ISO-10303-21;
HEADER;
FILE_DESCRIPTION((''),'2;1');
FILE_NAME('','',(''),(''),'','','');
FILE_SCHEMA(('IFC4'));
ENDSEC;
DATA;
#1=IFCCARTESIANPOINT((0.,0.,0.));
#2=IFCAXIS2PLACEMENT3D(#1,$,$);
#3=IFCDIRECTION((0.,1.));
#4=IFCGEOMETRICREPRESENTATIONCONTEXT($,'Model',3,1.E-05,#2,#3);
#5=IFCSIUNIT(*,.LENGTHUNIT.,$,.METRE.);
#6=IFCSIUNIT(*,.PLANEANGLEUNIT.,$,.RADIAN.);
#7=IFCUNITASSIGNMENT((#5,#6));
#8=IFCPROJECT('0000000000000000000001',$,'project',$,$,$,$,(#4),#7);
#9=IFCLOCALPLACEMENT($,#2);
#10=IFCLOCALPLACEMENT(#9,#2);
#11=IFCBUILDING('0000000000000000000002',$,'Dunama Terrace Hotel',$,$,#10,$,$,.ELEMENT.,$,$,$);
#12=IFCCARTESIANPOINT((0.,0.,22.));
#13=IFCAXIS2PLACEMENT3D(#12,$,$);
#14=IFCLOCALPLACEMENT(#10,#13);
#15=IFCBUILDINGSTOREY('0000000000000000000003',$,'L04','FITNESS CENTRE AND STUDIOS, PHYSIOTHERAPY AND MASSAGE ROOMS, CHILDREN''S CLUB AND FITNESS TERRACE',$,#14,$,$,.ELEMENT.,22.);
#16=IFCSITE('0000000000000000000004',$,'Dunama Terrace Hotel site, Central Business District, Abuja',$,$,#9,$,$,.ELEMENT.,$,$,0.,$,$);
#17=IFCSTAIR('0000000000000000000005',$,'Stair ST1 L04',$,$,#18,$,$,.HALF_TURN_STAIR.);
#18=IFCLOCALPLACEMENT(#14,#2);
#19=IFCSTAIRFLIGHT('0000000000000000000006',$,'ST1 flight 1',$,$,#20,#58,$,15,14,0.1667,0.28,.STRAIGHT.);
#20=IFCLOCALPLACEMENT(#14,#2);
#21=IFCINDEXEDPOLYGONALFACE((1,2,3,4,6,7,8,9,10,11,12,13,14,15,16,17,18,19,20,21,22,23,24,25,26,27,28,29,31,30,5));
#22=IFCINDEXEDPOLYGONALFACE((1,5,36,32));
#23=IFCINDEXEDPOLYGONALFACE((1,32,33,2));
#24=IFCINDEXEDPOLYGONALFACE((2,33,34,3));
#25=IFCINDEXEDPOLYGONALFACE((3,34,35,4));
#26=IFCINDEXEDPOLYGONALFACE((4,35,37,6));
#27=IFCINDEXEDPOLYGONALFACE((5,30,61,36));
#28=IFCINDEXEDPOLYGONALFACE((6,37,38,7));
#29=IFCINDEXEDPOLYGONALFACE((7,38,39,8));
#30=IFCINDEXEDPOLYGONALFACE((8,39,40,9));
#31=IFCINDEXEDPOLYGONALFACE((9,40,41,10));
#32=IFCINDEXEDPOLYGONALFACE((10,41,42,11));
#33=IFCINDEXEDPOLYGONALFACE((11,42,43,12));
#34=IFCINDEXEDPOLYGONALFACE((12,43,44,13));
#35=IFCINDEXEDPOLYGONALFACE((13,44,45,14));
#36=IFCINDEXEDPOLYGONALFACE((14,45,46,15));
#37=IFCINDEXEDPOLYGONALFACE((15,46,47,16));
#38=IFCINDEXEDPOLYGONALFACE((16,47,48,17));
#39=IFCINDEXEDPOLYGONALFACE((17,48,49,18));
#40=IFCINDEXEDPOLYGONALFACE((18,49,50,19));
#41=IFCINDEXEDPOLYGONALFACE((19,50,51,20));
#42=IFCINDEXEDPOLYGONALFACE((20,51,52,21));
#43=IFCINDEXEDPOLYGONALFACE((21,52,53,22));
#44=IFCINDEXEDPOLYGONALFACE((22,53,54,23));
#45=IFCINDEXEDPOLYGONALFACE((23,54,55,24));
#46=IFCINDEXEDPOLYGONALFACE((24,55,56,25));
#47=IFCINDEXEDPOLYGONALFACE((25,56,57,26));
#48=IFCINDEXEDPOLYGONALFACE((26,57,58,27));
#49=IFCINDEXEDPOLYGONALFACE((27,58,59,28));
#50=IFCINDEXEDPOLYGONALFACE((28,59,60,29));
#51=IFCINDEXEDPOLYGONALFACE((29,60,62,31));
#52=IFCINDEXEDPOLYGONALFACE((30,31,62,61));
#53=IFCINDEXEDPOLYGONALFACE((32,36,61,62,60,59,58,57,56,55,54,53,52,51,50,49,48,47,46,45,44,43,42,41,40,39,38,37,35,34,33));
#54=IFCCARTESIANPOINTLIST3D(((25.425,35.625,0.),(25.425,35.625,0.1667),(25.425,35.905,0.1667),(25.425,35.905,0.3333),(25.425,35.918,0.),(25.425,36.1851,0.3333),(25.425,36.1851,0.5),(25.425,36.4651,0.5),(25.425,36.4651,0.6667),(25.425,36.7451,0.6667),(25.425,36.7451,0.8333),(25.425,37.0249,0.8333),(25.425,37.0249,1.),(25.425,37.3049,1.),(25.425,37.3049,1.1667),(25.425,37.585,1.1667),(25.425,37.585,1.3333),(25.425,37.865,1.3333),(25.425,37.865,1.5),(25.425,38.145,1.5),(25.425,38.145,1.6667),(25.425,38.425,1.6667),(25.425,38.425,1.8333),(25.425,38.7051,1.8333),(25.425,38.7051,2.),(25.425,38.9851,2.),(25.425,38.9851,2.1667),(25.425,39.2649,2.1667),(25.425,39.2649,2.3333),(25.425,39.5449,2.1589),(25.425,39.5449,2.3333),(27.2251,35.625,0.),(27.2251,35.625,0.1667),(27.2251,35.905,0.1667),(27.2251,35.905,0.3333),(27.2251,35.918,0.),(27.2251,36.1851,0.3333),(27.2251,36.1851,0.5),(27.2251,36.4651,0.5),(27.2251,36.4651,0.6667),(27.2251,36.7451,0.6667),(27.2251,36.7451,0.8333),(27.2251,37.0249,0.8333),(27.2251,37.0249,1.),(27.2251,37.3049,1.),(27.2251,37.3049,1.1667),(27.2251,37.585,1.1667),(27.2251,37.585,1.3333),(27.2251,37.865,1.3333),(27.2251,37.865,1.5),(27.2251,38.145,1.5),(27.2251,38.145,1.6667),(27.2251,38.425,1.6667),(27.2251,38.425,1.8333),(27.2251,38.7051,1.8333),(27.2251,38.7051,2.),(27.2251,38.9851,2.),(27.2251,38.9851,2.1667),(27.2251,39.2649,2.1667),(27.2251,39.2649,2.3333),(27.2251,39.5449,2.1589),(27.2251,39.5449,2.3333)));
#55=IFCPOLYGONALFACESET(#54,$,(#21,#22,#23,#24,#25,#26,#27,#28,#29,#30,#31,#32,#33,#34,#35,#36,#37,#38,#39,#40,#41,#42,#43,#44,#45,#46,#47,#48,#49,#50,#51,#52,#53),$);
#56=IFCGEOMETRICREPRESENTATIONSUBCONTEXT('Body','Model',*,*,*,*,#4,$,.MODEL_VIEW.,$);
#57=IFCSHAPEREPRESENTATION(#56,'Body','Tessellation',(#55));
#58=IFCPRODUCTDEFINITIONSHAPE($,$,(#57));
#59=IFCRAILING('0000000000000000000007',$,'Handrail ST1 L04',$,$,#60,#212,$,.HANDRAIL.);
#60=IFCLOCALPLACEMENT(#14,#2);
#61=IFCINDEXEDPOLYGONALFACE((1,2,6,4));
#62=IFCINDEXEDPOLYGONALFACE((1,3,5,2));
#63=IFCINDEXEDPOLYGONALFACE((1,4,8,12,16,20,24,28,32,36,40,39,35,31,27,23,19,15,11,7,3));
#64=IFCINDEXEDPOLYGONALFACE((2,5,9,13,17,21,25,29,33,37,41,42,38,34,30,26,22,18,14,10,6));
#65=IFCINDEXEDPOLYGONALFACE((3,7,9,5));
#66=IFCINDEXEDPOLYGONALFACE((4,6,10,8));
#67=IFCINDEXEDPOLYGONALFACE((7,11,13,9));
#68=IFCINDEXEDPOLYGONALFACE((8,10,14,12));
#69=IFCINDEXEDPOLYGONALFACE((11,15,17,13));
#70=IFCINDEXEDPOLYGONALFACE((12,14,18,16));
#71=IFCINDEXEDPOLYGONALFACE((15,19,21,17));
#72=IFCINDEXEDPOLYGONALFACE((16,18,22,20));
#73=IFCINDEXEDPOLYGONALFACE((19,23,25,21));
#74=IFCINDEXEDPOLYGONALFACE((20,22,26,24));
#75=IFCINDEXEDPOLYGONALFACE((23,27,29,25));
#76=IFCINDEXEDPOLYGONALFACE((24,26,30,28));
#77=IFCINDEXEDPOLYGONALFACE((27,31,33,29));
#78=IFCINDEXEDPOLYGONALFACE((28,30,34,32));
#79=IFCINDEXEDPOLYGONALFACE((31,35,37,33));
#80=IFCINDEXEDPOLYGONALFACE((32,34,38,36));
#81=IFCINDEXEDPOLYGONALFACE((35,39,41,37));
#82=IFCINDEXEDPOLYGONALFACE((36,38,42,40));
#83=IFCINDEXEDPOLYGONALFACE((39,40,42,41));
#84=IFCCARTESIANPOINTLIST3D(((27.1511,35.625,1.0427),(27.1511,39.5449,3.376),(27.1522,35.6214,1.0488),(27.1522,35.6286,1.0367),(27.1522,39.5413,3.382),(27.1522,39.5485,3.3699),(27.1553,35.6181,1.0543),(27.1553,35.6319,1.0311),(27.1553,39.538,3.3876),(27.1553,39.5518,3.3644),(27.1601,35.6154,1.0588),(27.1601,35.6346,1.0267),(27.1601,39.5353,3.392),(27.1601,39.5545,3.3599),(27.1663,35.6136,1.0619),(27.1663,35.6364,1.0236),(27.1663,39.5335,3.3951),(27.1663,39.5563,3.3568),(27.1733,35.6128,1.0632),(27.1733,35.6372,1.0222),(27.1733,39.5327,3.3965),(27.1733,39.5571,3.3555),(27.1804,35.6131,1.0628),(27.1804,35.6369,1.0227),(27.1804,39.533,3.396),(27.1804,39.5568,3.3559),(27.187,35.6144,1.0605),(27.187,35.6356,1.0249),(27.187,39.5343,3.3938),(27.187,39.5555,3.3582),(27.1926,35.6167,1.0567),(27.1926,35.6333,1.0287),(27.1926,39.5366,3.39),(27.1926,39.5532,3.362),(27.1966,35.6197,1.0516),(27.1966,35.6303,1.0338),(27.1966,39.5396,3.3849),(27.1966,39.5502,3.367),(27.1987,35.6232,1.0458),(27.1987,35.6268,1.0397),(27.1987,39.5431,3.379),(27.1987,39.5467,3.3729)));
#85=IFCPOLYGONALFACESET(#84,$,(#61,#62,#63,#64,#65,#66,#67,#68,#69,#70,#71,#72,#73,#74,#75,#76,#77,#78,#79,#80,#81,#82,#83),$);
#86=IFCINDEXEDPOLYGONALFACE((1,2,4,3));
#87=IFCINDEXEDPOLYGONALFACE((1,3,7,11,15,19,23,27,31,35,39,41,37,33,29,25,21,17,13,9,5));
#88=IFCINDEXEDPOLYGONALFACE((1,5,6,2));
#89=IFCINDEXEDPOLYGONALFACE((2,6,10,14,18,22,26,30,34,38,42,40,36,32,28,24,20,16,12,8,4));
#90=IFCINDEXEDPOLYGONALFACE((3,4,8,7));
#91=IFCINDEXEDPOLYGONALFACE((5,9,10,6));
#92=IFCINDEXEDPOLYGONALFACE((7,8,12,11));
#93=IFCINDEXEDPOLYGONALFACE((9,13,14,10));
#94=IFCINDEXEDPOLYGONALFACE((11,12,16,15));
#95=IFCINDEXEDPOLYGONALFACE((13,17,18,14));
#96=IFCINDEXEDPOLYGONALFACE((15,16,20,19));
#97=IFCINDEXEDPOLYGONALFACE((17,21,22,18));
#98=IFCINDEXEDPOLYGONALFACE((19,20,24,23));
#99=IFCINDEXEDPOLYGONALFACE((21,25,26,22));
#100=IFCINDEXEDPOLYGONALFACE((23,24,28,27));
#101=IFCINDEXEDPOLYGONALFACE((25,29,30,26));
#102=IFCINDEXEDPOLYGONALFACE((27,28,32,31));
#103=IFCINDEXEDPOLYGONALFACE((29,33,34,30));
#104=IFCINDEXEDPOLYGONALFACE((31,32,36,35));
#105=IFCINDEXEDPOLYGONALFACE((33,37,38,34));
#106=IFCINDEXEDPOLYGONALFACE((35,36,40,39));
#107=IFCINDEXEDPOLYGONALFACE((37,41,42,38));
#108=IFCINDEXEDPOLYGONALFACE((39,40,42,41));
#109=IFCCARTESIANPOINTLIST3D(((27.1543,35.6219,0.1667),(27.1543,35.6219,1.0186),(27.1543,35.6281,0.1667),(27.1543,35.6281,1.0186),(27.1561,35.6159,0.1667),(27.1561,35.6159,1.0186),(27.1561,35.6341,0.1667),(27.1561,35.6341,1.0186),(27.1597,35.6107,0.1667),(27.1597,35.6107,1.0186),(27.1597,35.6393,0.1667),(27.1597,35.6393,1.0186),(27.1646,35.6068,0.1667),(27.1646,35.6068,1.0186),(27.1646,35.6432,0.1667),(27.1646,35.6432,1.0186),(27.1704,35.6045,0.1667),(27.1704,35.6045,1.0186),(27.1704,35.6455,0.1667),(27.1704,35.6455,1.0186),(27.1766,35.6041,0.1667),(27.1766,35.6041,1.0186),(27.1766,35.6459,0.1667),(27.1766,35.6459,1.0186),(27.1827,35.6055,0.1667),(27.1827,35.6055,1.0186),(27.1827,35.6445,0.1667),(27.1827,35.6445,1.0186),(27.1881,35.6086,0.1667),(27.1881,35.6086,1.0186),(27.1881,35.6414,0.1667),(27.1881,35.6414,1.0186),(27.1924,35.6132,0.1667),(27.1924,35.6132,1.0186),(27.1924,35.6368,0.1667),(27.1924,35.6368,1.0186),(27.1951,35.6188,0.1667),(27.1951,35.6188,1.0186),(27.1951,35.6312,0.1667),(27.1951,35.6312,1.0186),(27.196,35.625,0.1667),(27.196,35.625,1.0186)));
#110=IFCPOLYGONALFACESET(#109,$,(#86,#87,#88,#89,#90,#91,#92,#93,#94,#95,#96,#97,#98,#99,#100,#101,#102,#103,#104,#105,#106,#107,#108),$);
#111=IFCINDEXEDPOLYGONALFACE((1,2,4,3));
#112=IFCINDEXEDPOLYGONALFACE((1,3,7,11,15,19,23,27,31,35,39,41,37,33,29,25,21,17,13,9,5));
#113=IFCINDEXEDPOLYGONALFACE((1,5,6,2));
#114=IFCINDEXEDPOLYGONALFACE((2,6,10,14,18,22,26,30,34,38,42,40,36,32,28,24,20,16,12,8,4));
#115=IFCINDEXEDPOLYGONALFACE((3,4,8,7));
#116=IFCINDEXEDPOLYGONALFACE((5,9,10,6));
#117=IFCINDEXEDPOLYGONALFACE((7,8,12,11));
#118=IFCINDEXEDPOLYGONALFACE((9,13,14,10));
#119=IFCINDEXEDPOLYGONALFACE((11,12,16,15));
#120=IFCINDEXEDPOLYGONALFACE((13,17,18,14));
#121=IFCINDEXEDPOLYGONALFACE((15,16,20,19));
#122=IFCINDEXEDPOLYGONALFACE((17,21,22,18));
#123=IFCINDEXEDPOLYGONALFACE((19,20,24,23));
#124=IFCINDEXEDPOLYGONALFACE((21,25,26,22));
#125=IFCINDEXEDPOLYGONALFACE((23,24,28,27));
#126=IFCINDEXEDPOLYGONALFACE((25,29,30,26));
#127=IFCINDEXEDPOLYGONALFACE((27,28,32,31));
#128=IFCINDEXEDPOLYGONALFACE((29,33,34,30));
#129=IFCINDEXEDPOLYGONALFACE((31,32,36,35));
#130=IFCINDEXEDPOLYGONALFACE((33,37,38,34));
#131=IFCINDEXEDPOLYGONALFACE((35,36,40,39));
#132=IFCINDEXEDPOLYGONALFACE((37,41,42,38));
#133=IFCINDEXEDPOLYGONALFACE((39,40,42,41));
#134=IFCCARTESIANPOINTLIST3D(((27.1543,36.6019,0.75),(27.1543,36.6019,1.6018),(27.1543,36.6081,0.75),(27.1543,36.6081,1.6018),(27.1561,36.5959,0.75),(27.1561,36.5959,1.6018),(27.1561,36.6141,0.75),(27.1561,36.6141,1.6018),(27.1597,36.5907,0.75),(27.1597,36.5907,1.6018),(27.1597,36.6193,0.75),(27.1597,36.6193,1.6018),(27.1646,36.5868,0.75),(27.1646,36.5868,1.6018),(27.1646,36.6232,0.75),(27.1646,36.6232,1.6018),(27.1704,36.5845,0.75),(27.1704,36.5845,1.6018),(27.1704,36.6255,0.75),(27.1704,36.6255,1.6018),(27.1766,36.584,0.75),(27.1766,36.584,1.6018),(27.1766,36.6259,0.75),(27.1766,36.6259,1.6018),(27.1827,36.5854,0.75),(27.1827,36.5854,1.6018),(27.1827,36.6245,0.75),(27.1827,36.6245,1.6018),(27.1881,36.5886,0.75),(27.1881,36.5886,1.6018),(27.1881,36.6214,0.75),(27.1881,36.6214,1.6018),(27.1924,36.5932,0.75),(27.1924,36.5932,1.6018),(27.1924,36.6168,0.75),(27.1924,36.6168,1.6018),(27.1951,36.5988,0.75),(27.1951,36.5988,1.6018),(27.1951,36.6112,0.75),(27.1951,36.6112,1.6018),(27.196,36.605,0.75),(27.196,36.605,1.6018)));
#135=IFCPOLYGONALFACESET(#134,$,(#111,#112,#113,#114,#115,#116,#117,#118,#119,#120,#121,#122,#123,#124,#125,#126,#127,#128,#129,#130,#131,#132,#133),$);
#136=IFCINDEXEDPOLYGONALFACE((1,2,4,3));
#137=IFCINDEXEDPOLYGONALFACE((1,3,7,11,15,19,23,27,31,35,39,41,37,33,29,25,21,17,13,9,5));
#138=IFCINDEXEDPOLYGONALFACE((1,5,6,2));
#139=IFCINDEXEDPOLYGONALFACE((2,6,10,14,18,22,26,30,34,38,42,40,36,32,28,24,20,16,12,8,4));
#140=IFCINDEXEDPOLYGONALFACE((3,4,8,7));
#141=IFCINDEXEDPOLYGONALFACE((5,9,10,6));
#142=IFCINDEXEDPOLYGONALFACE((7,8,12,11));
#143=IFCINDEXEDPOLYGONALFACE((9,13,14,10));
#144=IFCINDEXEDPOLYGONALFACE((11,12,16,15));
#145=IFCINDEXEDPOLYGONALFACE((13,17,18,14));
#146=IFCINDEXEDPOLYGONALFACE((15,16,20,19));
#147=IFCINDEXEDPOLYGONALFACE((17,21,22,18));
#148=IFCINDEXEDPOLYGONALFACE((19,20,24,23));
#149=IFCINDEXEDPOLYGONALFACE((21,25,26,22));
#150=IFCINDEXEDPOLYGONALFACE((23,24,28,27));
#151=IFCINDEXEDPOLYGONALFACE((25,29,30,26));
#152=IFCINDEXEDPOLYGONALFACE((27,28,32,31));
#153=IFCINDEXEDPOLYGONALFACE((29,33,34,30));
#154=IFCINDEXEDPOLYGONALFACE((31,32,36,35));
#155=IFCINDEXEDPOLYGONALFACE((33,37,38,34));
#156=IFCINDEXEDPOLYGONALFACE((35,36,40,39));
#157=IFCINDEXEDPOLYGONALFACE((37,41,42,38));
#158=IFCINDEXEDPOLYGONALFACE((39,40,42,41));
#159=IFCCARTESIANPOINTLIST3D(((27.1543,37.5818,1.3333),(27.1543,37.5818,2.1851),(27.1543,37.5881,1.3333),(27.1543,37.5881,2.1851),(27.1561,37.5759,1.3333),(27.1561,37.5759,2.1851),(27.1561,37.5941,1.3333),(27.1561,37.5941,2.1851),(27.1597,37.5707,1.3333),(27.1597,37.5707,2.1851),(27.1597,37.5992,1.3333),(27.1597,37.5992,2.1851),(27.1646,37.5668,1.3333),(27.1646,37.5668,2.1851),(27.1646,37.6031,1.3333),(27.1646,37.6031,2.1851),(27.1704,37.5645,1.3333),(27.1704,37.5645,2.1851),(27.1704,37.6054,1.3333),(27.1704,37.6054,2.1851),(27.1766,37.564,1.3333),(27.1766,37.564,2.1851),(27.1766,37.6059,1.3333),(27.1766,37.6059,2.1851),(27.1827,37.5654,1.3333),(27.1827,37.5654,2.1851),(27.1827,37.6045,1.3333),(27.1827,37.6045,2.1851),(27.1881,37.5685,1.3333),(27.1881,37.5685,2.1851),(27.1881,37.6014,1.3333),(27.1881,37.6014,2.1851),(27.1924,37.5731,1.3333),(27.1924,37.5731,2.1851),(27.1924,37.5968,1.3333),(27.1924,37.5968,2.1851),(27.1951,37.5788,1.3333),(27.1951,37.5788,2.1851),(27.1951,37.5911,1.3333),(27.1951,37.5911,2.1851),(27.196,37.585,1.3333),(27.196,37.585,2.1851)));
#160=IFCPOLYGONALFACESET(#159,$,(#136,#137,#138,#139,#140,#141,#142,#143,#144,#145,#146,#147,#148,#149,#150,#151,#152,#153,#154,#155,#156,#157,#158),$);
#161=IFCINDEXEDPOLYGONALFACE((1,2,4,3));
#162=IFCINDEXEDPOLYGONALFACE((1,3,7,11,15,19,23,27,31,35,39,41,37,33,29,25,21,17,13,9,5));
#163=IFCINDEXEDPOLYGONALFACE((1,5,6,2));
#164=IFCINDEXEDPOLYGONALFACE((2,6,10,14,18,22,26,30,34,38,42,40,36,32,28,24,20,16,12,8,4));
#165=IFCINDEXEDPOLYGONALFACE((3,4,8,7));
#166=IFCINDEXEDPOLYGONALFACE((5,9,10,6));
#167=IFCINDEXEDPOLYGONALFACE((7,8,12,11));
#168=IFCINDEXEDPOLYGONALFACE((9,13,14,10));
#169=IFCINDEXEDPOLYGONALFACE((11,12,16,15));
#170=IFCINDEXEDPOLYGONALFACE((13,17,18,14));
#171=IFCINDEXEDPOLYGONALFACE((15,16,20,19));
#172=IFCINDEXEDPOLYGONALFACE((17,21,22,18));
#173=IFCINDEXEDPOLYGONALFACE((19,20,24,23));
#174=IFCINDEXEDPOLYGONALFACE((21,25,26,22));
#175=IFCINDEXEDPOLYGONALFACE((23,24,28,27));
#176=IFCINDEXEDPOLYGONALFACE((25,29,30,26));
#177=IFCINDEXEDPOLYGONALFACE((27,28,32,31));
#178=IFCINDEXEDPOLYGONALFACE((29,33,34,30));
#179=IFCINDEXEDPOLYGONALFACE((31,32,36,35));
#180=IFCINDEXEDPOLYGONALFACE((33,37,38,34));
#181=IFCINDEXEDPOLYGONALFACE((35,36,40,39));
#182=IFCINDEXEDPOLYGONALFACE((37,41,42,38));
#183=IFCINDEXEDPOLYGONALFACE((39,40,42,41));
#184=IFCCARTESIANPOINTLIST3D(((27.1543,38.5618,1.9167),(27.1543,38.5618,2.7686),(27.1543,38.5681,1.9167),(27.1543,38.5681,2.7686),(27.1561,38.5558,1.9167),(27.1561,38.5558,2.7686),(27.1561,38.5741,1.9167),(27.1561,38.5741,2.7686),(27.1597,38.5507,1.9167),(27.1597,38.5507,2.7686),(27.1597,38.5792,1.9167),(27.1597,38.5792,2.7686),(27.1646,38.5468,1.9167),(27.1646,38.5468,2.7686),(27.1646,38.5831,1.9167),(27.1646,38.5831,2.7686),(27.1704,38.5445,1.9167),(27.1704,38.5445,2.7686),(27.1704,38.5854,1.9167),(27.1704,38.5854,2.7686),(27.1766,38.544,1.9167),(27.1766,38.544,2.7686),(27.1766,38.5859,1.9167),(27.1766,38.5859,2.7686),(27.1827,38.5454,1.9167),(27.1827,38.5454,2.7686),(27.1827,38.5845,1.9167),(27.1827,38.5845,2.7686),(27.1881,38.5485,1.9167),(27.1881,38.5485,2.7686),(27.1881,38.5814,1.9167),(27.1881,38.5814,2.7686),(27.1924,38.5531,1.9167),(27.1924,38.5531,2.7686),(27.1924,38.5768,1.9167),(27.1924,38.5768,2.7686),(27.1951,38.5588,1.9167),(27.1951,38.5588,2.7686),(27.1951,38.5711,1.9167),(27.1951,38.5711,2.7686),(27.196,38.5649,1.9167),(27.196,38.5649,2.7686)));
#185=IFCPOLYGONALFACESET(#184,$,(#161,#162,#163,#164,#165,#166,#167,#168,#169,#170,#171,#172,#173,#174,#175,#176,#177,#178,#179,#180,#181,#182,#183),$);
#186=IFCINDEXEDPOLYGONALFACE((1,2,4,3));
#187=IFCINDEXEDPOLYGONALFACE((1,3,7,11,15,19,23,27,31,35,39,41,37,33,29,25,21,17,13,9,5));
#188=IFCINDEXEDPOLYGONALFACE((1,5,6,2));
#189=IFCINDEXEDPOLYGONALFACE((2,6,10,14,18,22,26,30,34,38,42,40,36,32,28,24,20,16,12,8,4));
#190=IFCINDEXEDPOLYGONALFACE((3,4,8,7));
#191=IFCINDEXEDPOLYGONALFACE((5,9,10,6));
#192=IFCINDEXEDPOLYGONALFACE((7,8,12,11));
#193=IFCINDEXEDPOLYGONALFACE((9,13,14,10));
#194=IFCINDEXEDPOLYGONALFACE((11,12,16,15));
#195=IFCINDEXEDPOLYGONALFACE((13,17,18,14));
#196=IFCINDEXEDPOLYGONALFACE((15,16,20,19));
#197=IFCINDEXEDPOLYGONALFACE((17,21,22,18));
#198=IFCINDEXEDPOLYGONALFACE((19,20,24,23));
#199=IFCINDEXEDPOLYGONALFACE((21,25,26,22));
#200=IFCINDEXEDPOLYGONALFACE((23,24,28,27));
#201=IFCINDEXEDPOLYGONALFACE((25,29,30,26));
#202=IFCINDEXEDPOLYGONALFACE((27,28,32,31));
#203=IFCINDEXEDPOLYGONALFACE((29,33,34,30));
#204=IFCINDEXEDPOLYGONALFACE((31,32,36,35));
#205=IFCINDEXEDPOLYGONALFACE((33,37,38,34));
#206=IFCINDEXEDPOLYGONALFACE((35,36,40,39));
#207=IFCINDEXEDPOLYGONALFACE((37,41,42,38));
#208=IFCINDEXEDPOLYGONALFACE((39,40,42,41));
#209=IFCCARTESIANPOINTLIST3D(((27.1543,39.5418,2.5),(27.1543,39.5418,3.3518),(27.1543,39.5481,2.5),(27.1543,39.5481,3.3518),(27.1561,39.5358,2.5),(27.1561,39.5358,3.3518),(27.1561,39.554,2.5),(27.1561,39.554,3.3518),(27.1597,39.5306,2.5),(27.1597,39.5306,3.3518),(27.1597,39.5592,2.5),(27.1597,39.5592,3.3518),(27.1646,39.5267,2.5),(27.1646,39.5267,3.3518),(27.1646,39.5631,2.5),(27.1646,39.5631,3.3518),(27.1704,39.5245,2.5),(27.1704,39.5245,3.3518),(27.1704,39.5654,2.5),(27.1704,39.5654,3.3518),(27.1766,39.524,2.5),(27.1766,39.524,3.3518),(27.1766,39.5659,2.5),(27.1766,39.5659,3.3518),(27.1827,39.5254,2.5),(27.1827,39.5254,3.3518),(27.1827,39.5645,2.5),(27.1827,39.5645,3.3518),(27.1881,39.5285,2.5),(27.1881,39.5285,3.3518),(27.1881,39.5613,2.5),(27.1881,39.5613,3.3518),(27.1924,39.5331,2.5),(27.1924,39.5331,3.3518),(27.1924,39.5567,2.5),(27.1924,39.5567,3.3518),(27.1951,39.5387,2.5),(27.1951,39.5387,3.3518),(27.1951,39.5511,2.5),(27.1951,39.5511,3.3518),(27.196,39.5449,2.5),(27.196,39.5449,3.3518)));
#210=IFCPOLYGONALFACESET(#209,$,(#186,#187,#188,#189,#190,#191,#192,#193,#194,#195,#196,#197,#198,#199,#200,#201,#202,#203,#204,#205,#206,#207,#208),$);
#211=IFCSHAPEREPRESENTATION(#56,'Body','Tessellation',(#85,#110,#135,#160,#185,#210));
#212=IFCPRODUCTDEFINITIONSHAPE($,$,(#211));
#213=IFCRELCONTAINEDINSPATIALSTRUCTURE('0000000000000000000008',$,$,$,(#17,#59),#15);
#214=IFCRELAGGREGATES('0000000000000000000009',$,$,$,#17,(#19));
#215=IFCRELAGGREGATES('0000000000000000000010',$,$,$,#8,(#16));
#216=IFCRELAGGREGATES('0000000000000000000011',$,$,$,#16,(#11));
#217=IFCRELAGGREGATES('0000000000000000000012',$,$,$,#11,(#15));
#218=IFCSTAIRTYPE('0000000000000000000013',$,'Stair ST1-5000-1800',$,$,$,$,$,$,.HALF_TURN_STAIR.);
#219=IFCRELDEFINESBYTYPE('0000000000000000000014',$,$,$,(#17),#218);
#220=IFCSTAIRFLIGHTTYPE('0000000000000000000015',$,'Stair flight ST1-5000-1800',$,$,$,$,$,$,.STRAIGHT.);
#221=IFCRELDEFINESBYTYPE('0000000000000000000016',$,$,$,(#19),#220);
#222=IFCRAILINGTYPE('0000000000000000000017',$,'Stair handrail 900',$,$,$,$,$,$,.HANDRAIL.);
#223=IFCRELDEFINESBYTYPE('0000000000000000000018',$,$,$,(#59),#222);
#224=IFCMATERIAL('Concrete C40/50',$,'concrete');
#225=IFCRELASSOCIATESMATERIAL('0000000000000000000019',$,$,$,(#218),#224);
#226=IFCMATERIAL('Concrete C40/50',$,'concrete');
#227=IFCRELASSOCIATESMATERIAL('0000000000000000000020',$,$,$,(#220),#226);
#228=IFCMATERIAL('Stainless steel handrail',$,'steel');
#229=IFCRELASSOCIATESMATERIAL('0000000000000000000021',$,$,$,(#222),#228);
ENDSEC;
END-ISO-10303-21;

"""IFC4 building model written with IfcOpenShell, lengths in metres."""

from ifc_helpers import new_model, si_unit, direction, frame, origin, origin_2d, place, context, subcontext, project, spatial, polyline, circle, outline, extrude, material, type_object, element, aggregate, save


model = new_model("IFC4")

# Units and contexts
model_context = context("Model", 3, precision=1e-05, world=origin(), true_north=direction((0.0, 1.0)))
body_context = subcontext(model_context, "Body", "Model", "MODEL_VIEW")
ifc_project = project(units=[si_unit("LENGTHUNIT", "METRE"), si_unit("PLANEANGLEUNIT", "RADIAN")], contexts=[model_context])

# Site, building, storey
site_placement = place(None, origin())
site = spatial("IfcSite", under=ifc_project, at=site_placement, Name="Dunama Terrace Hotel site, Central Business District, Abuja", CompositionType="ELEMENT", RefElevation=0.0)
building_placement = place(site_placement, origin())
building = spatial("IfcBuilding", under=site, at=building_placement, Name="Dunama Terrace Hotel", CompositionType="ELEMENT")
storey_placement = place(building_placement, frame((0.0, 0.0, 22.0)))
storey = spatial("IfcBuildingStorey", under=building, at=storey_placement, Name="L04", Description="FITNESS CENTRE AND STUDIOS, PHYSIOTHERAPY AND MASSAGE ROOMS, CHILDREN'S CLUB AND FITNESS TERRACE", CompositionType="ELEMENT", Elevation=22.0)

# Stair, stair flight
ifc_material_1 = material(Name="Concrete C40/50", Category="concrete")
stair_type = type_object("IfcStairType", Name="Stair ST1-5000-1800", PredefinedType="HALF_TURN_STAIR", material=ifc_material_1)
stair_placement = place(storey_placement, origin())
stair = element("IfcStair", 1, at=stair_placement, inside=storey, type_object=stair_type, Name="Stair ST1 L04", PredefinedType="HALF_TURN_STAIR")
ifc_material_2 = material(Name="Concrete C40/50", Category="concrete")
stair_flight_type = type_object("IfcStairFlightType", Name="Stair flight ST1-5000-1800", PredefinedType="STRAIGHT", material=ifc_material_2)
stair_flight_placement = place(storey_placement, frame((26.325, 35.625, 0.0), z_axis=(0.0, 0.0, 1.0), x_axis=(0.0, 1.0, 0.0)))
stair_flight = element("IfcStairFlight", 2, at=stair_flight_placement, type_object=stair_flight_type, Name="ST1 flight 1", NumberOfRisers=15, NumberOfTreads=14, PredefinedType="STRAIGHT", RiserHeight=0.1667, TreadLength=0.28, context=body_context, shape_type="SweptSolid", body=[
    extrude(outline(polyline([(0.0, 0.0), (0.0, 0.1667), (0.28, 0.1667), (0.28, 0.3333), (0.5601, 0.3333), (0.5601, 0.5), (0.8401, 0.5), (0.8401, 0.6667), (1.1201, 0.6667), (1.1201, 0.8333), (1.3999, 0.8333), (1.3999, 1.0), (1.6799, 1.0), (1.6799, 1.1667), (1.96, 1.1667), (1.96, 1.3333), (2.24, 1.3333), (2.24, 1.5), (2.52, 1.5), (2.52, 1.6667), (2.8, 1.6667), (2.8, 1.8333), (3.0801, 1.8333), (3.0801, 2.0), (3.3601, 2.0), (3.3601, 2.1667), (3.6399, 2.1667), (3.6399, 2.3333), (3.9199, 2.3333), (3.9199, 2.5), (3.9199, 2.1589), (0.293, 0.0), (0.0, 0.0)])), frame((0.0, 0.8999, 0.0), z_axis=(0.0, -1.0, 0.0), x_axis=(1.0, 0.0, 0.0)), (0.0, 0.0, 1.0), 1.8),
])
aggregate(stair, [stair_flight])

# Railing
ifc_material_3 = material(Name="Stainless steel handrail", Category="steel")
railing_type = type_object("IfcRailingType", Name="Stair handrail 900", PredefinedType="HANDRAIL", material=ifc_material_3)
railing_placement = place(storey_placement, frame((27.175, 35.625, 0.1667)))
element("IfcRailing", 3, at=railing_placement, inside=storey, type_object=railing_type, Name="Handrail ST1 L04", PredefinedType="HANDRAIL", context=body_context, shape_type="SweptSolid", body=[
    extrude(circle(Radius=0.0239, at=origin_2d()), frame((0.0, 0.0, 0.876), z_axis=(0.0, 0.859296, 0.511478), x_axis=(-1.0, 0.0, 0.0)), (0.0, 0.0, 1.0), 4.5618),
    extrude(circle(Radius=0.021, at=origin_2d()), origin(), (0.0, 0.0, 1.0), 0.8518),
    extrude(circle(Radius=0.021, at=origin_2d()), frame((0.0, 0.98, 0.5833)), (0.0, 0.0, 1.0), 0.8518),
    extrude(circle(Radius=0.021, at=origin_2d()), frame((0.0, 1.96, 1.1665)), (0.0, 0.0, 1.0), 0.8518),
    extrude(circle(Radius=0.021, at=origin_2d()), frame((0.0, 2.9399, 1.75)), (0.0, 0.0, 1.0), 0.8518),
    extrude(circle(Radius=0.021, at=origin_2d()), frame((0.0, 3.9199, 2.3333)), (0.0, 0.0, 1.0), 0.8518),
])

save(model, "model.ifc")
